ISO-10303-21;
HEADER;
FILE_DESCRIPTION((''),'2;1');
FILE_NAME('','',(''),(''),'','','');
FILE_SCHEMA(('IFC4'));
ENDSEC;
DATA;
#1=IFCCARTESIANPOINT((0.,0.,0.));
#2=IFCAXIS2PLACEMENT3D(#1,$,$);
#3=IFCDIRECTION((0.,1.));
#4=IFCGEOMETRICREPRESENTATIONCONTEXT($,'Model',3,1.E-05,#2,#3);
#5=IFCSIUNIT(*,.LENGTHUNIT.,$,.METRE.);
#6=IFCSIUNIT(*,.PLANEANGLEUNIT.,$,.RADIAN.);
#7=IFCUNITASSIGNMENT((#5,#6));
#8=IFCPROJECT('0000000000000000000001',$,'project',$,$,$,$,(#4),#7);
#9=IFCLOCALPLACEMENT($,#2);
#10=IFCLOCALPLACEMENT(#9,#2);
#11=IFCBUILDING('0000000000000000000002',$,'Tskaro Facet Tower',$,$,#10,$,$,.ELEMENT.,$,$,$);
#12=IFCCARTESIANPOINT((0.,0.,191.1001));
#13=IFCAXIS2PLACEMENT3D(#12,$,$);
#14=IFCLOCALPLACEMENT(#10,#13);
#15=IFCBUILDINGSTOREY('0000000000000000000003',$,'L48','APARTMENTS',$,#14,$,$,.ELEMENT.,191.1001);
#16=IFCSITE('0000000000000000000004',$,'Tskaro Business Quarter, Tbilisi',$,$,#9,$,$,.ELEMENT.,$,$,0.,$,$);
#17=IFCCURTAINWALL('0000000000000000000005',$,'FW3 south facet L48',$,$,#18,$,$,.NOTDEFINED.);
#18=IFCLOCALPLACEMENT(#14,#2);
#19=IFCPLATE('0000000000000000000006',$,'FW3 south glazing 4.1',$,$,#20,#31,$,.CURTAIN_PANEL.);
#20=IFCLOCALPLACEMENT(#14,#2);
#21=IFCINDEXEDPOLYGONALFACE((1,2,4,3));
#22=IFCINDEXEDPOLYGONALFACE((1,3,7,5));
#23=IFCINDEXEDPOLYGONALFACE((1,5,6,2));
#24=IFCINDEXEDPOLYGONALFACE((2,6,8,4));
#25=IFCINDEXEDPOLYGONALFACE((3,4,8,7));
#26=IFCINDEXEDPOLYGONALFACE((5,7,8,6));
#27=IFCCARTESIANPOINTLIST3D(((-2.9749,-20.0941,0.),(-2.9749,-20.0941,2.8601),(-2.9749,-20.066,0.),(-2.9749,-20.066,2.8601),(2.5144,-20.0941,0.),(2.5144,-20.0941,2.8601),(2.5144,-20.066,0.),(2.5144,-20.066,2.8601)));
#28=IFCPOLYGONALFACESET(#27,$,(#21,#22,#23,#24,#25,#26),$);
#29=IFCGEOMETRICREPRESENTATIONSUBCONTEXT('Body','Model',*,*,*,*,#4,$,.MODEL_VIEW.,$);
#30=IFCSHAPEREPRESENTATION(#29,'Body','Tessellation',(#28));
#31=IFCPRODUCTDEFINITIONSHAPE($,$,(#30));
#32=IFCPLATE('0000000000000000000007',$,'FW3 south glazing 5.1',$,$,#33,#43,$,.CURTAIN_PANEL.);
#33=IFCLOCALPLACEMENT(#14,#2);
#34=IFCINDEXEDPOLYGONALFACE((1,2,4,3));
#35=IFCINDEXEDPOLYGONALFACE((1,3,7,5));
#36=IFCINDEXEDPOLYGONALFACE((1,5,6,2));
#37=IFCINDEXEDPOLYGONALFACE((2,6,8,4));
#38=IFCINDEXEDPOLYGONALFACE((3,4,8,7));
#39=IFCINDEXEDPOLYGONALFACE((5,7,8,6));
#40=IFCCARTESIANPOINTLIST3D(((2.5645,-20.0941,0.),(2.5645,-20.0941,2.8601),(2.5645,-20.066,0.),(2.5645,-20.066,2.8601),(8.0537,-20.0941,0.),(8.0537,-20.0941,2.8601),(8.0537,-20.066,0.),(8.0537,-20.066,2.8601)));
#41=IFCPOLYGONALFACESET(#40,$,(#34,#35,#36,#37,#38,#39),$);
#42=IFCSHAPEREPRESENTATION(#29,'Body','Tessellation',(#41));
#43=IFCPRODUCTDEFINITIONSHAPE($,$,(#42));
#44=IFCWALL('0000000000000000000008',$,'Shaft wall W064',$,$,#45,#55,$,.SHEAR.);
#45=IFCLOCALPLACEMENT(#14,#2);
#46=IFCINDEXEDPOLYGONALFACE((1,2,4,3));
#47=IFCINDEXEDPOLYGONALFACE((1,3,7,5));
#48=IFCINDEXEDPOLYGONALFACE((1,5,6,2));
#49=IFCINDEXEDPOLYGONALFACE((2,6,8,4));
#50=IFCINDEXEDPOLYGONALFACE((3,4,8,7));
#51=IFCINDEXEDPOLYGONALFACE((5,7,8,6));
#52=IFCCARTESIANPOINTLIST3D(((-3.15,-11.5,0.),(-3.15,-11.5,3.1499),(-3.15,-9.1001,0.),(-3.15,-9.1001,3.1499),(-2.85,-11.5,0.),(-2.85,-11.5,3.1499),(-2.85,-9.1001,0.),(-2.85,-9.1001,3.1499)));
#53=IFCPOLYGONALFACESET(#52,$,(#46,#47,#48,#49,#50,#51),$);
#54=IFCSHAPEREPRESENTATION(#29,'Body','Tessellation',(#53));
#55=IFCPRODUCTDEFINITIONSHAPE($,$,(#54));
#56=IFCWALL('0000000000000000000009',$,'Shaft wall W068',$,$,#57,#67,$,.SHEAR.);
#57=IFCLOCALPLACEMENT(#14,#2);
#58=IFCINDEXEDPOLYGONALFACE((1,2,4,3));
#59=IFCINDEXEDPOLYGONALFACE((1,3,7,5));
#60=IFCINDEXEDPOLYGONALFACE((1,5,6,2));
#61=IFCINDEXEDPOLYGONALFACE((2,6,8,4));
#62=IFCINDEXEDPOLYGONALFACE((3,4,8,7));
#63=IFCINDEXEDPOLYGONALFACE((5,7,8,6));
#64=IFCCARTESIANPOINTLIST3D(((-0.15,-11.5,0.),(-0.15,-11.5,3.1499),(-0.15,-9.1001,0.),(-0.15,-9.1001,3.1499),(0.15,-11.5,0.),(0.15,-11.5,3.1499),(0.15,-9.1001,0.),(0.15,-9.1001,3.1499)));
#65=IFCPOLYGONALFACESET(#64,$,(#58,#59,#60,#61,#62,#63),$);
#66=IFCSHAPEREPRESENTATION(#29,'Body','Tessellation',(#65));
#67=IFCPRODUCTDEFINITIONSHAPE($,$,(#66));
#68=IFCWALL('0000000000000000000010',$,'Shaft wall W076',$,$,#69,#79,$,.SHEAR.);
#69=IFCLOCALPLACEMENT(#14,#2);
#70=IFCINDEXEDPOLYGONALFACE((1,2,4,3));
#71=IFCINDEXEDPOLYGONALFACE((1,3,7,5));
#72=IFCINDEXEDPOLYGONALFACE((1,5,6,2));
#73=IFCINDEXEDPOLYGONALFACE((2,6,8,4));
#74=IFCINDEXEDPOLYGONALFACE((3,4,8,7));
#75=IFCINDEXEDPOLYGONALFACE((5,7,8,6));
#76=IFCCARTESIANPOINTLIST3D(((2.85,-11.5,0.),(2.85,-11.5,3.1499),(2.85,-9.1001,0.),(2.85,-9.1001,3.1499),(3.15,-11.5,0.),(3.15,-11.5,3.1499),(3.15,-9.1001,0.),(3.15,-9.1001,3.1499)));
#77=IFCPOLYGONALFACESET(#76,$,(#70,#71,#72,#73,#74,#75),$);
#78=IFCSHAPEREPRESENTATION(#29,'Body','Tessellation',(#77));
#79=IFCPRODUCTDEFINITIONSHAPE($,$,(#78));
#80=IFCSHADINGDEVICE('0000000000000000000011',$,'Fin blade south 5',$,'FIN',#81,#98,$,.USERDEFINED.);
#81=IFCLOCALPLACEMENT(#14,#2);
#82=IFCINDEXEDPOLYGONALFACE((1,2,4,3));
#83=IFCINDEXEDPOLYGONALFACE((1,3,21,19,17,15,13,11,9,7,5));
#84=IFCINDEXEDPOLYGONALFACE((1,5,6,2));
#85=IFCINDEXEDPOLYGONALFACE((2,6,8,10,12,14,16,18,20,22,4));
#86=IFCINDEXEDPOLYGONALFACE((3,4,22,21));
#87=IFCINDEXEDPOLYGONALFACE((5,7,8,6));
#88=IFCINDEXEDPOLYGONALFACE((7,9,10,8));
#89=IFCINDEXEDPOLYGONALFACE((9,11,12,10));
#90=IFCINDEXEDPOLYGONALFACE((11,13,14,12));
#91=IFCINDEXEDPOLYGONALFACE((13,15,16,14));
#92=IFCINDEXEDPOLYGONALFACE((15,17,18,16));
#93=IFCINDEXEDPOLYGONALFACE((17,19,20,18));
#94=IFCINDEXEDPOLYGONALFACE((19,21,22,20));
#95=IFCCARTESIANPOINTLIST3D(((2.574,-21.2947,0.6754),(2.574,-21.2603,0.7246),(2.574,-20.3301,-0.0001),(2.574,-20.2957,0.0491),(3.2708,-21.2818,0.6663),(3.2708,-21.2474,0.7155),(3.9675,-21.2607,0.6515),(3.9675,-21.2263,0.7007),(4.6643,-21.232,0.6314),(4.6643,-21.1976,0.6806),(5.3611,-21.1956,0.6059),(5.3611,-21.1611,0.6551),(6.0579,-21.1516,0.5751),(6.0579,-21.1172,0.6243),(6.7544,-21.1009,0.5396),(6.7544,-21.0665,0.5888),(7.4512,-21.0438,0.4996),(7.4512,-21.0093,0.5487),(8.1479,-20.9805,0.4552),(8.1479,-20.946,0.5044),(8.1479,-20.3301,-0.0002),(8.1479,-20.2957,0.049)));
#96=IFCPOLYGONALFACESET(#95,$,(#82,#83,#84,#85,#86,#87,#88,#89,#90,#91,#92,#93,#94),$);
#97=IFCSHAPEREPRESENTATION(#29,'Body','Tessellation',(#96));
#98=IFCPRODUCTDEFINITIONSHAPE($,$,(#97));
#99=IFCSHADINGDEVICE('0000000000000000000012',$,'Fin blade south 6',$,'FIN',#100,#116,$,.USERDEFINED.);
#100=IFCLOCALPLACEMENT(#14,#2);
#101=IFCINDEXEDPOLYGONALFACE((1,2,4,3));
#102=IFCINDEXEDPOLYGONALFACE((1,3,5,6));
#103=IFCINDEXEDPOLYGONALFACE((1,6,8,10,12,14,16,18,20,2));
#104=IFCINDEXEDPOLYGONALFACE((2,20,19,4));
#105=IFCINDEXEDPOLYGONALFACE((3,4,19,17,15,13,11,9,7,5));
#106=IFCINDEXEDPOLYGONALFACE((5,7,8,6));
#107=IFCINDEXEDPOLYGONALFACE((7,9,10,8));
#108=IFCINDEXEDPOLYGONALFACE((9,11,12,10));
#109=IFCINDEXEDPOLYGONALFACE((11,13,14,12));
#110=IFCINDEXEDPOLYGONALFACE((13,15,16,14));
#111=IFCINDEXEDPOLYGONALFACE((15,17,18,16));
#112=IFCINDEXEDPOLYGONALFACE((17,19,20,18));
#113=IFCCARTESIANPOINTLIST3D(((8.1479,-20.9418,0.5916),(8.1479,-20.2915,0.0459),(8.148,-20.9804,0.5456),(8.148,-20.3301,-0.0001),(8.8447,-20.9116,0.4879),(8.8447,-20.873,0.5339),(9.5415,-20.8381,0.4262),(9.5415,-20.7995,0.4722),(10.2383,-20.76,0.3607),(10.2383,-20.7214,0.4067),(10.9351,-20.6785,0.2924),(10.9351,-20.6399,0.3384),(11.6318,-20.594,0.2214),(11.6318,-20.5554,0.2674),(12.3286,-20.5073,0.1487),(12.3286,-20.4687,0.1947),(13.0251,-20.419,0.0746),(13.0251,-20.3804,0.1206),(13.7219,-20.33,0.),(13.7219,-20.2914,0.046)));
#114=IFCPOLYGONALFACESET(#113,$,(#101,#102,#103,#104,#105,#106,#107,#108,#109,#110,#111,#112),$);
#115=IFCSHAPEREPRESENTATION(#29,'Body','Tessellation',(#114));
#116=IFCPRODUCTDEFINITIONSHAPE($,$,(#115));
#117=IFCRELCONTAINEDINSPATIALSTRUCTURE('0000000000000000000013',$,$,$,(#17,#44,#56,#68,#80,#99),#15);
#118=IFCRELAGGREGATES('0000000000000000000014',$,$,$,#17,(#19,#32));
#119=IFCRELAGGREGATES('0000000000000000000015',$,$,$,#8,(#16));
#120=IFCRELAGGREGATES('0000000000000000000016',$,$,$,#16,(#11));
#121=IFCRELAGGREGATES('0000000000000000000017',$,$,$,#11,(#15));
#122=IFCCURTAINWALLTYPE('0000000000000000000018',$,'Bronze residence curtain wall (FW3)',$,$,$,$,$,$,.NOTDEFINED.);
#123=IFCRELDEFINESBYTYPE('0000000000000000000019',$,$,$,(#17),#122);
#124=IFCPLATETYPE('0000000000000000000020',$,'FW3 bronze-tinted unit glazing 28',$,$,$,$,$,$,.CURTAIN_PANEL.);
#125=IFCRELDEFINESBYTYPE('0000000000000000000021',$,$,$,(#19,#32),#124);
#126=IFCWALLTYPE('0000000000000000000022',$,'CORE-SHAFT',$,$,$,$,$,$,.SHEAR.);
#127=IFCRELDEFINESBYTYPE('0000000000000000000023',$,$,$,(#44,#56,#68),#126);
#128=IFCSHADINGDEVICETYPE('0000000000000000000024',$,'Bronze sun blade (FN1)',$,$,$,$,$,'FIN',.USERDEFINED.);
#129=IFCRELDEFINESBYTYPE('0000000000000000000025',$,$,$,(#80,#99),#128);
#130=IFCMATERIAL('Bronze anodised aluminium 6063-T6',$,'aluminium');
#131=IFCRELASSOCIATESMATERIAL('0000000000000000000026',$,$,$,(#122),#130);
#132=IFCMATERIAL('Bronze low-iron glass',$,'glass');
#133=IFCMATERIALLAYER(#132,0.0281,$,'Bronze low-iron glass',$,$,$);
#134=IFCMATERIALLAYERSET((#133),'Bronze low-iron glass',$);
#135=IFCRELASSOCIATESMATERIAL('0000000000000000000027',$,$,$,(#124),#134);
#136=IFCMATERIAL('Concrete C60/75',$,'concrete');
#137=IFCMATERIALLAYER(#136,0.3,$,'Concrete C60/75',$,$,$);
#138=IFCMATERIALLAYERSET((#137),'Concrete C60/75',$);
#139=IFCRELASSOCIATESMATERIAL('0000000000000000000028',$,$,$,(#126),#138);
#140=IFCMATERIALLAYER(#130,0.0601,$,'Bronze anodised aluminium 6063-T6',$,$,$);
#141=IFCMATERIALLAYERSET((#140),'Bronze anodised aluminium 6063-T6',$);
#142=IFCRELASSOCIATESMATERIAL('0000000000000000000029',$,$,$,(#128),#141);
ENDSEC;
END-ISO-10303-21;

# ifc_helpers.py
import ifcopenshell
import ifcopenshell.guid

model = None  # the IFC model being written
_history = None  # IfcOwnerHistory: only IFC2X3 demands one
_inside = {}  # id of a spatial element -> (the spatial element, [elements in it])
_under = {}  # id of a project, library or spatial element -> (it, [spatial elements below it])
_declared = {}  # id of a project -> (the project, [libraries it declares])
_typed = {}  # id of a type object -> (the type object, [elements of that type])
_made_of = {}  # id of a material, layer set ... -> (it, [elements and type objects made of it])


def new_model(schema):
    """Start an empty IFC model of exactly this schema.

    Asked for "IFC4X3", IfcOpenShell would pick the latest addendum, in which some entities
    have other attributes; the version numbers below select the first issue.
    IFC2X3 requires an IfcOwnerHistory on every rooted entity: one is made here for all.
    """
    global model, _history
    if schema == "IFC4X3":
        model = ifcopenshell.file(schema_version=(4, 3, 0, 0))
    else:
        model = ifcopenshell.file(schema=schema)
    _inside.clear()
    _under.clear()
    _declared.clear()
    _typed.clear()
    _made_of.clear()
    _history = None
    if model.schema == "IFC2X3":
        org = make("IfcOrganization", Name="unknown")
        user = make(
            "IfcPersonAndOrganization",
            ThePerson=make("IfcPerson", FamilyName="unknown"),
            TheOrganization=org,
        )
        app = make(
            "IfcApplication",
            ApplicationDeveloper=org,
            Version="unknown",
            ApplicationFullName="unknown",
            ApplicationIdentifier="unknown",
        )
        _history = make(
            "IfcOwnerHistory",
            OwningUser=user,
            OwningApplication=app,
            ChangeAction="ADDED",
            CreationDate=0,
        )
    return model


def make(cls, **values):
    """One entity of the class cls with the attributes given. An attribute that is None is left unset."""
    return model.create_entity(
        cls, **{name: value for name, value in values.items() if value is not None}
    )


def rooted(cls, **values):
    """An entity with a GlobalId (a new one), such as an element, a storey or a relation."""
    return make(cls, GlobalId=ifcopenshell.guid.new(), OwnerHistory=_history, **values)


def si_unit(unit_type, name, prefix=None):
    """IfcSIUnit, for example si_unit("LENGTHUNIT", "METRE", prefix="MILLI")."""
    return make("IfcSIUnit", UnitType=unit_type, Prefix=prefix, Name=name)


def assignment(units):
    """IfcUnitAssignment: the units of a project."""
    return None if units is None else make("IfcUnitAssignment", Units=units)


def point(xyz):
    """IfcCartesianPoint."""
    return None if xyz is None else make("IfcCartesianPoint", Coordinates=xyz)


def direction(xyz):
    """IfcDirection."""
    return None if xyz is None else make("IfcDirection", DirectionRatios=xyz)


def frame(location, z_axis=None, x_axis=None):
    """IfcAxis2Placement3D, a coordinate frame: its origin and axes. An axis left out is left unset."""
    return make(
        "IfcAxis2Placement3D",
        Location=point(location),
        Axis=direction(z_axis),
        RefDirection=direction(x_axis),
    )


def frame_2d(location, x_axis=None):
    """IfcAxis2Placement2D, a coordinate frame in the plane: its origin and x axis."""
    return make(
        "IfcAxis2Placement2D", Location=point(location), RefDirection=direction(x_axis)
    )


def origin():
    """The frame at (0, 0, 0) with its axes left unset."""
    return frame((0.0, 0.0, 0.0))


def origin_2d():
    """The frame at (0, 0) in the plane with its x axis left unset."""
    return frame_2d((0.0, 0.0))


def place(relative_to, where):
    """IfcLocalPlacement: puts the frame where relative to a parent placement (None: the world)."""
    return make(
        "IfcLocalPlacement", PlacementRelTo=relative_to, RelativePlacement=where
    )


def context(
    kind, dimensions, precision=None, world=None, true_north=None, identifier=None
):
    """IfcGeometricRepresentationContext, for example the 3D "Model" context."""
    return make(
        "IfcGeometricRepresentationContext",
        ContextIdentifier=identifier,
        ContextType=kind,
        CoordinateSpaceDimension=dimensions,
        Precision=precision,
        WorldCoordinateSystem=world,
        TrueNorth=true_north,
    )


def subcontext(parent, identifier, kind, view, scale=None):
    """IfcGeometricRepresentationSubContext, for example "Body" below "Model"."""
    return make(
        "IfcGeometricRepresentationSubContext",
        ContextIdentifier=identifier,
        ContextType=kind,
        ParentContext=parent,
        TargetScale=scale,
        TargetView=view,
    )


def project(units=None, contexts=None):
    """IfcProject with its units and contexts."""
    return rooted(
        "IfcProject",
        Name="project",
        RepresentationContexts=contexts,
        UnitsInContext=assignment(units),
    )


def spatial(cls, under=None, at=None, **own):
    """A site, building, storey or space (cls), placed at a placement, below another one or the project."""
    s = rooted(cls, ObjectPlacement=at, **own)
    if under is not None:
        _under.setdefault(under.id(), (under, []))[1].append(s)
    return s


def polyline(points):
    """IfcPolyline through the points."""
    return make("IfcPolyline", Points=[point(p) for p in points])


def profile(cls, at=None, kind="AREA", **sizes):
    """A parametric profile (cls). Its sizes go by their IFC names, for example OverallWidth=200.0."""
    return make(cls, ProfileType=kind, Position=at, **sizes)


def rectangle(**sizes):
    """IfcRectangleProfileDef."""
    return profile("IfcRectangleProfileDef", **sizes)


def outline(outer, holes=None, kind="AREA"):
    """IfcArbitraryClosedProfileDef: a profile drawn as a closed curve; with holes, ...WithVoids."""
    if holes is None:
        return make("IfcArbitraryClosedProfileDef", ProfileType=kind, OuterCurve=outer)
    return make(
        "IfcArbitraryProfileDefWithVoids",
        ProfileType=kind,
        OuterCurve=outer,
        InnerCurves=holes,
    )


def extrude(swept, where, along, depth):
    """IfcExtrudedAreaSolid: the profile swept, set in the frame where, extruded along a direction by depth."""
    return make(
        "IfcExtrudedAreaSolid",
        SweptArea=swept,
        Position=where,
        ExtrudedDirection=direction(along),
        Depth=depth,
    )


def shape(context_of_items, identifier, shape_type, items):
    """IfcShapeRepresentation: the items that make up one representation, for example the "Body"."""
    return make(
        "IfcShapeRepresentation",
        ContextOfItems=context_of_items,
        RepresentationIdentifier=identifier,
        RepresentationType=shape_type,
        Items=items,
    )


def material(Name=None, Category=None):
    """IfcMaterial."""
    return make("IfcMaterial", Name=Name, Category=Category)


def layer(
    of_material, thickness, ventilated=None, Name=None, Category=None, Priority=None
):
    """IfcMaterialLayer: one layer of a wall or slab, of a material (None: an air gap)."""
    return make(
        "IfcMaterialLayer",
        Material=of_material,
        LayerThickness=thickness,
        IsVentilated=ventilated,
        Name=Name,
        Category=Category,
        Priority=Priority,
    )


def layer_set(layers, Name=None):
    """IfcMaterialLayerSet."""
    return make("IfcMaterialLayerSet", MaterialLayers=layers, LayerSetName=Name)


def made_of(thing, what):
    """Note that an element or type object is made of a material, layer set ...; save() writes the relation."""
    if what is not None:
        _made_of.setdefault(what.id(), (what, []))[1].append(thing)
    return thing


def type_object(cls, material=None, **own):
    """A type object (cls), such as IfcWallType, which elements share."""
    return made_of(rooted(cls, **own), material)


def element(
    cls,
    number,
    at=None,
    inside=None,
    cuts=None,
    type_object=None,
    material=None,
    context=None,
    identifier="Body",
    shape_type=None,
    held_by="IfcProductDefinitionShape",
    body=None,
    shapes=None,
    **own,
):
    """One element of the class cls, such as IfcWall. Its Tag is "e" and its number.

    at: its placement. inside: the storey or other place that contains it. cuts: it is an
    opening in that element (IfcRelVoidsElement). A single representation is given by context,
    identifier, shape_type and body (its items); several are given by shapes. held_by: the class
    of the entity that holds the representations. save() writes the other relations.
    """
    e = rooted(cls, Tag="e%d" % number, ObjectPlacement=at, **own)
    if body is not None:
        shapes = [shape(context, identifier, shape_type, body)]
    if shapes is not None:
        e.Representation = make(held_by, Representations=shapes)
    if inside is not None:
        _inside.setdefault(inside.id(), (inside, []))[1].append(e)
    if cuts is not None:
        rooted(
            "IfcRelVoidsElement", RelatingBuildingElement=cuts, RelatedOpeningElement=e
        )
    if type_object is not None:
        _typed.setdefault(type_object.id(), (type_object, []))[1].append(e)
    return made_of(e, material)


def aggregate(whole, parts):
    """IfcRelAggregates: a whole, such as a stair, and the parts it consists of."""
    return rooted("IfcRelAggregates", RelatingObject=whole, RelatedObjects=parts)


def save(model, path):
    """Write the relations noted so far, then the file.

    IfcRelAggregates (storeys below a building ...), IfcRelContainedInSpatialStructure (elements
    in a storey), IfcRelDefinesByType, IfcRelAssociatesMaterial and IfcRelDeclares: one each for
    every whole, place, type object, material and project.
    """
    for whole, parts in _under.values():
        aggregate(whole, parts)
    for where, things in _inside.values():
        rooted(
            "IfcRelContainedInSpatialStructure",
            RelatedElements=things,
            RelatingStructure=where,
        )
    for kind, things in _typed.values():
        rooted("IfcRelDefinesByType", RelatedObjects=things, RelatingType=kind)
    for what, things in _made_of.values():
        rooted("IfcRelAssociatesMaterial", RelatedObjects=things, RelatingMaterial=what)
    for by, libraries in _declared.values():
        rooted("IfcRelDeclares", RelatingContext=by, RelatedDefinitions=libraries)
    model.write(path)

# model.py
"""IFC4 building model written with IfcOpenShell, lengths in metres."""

from ifc_helpers import new_model, si_unit, direction, frame, frame_2d, origin, origin_2d, place, context, subcontext, project, spatial, polyline, rectangle, outline, extrude, material, layer, layer_set, type_object, element, aggregate, save


model = new_model("IFC4")

# Units and contexts
model_context = context("Model", 3, precision=1e-05, world=origin(), true_north=direction((0.0, 1.0)))
body_context = subcontext(model_context, "Body", "Model", "MODEL_VIEW")
ifc_project = project(units=[si_unit("LENGTHUNIT", "METRE"), si_unit("PLANEANGLEUNIT", "RADIAN")], contexts=[model_context])

# Site, building, storey
site_placement = place(None, origin())
site = spatial("IfcSite", under=ifc_project, at=site_placement, Name="Tskaro Business Quarter, Tbilisi", CompositionType="ELEMENT", RefElevation=0.0)
building_placement = place(site_placement, origin())
building = spatial("IfcBuilding", under=site, at=building_placement, Name="Tskaro Facet Tower", CompositionType="ELEMENT")
storey_placement = place(building_placement, frame((0.0, 0.0, 191.1001)))
storey = spatial("IfcBuildingStorey", under=building, at=storey_placement, Name="L48", Description="APARTMENTS", CompositionType="ELEMENT", Elevation=191.1001)

# Curtain wall
ifc_material_1 = material(Name="Bronze anodised aluminium 6063-T6", Category="aluminium")
curtain_wall_type = type_object("IfcCurtainWallType", Name="Bronze residence curtain wall (FW3)", PredefinedType="NOTDEFINED", material=ifc_material_1)
curtain_wall_placement = place(storey_placement, origin())
curtain_wall = element("IfcCurtainWall", 1, at=curtain_wall_placement, inside=storey, type_object=curtain_wall_type, Name="FW3 south facet L48", PredefinedType="NOTDEFINED")

# Plates
ifc_material_2 = material(Name="Bronze low-iron glass", Category="glass")
ifc_layer_1 = layer(ifc_material_2, 0.0281, Name="Bronze low-iron glass")
ifc_layer_set_1 = layer_set([ifc_layer_1], Name="Bronze low-iron glass")
plate_type = type_object("IfcPlateType", Name="FW3 bronze-tinted unit glazing 28", PredefinedType="CURTAIN_PANEL", material=ifc_layer_set_1)
plate_1_placement = place(storey_placement, frame((-0.2302, -20.0801, 0.0), z_axis=(0.0, 0.0, 1.0), x_axis=(1.0, 0.0, 0.0)))
plate_1 = element("IfcPlate", 2, at=plate_1_placement, type_object=plate_type, Name="FW3 south glazing 4.1", PredefinedType="CURTAIN_PANEL", context=body_context, shape_type="SweptSolid", body=[
    extrude(rectangle(XDim=5.4893, YDim=0.0281, at=origin_2d()), origin(), (0.0, 0.0, 1.0), 2.8601),
])
plate_2_placement = place(storey_placement, frame((5.3091, -20.0801, 0.0), z_axis=(0.0, 0.0, 1.0), x_axis=(1.0, 0.0, 0.0)))
plate_2 = element("IfcPlate", 3, at=plate_2_placement, type_object=plate_type, Name="FW3 south glazing 5.1", PredefinedType="CURTAIN_PANEL", context=body_context, shape_type="SweptSolid", body=[
    extrude(rectangle(XDim=5.4893, YDim=0.0281, at=origin_2d()), origin(), (0.0, 0.0, 1.0), 2.8601),
])
aggregate(curtain_wall, [plate_1, plate_2])

# Walls
ifc_material_3 = material(Name="Concrete C60/75", Category="concrete")
ifc_layer_2 = layer(ifc_material_3, 0.3, Name="Concrete C60/75")
ifc_layer_set_2 = layer_set([ifc_layer_2], Name="Concrete C60/75")
wall_type = type_object("IfcWallType", Name="CORE-SHAFT", PredefinedType="SHEAR", material=ifc_layer_set_2)
for number, where, z_axis, x_axis, name in (
    (4, (-3.0, -11.5, 0.0), (0.0, 0.0, 1.0), (0.0, 1.0, 0.0), "Shaft wall W064"),
    (5, (0.0, -11.5, 0.0), (0.0, 0.0, 1.0), (0.0, 1.0, 0.0), "Shaft wall W068"),
    (6, (3.0, -11.5, 0.0), (0.0, 0.0, 1.0), (0.0, 1.0, 0.0), "Shaft wall W076"),
):
    element("IfcWall", number, at=place(storey_placement, frame(where, z_axis=z_axis, x_axis=x_axis)), inside=storey, type_object=wall_type, Name=name, PredefinedType="SHEAR", context=body_context, shape_type="SweptSolid", body=[
        extrude(rectangle(XDim=2.3999, YDim=0.3, at=frame_2d((1.2, 0.0))), origin(), (0.0, 0.0, 1.0), 3.1499),
    ])

# Shading devices
ifc_layer_3 = layer(ifc_material_1, 0.0601, Name="Bronze anodised aluminium 6063-T6")
ifc_layer_set_3 = layer_set([ifc_layer_3], Name="Bronze anodised aluminium 6063-T6")
shading_device_type = type_object("IfcShadingDeviceType", Name="Bronze sun blade (FN1)", ElementType="FIN", PredefinedType="USERDEFINED", material=ifc_layer_set_3)
shading_device_1_placement = place(storey_placement, frame((2.574, -20.2957, 0.0491), z_axis=(0.000013, 0.5736, 0.819135), x_axis=(1.0, -0.000008, -0.000011)))
element("IfcShadingDevice", 7, at=shading_device_1_placement, inside=storey, type_object=shading_device_type, Name="Fin blade south 5", ObjectType="FIN", PredefinedType="USERDEFINED", context=body_context, shape_type="SweptSolid", body=[
    extrude(outline(polyline([(0.0, 0.0), (5.574, 0.0), (5.574, -0.7939), (4.8772, -0.8712), (4.1804, -0.941), (3.4839, -1.0029), (2.7871, -1.0565), (2.0903, -1.101), (1.3936, -1.1361), (0.6968, -1.1618), (0.0, -1.1776), (0.0, 0.0)])), origin(), (0.0, 0.0, -1.0), 0.0601),
])
shading_device_2_placement = place(storey_placement, frame((8.1479, -20.2915, 0.0459), z_axis=(-0.000021, 0.642835, 0.766004), x_axis=(1.0, 0.000014, 0.000016)))
element("IfcShadingDevice", 8, at=shading_device_2_placement, inside=storey, type_object=shading_device_type, Name="Fin blade south 6", ObjectType="FIN", PredefinedType="USERDEFINED", context=body_context, shape_type="SweptSolid", body=[
    extrude(outline(polyline([(0.0, 0.0), (5.574, 0.0), (4.8772, -0.1161), (4.1807, -0.2313), (3.4839, -0.3445), (2.7871, -0.4549), (2.0903, -0.5613), (1.3936, -0.6632), (0.6968, -0.7592), (0.0, -0.849), (0.0, 0.0)])), origin(), (0.0, 0.0, -1.0), 0.0601),
])

save(model, "model.ifc")
